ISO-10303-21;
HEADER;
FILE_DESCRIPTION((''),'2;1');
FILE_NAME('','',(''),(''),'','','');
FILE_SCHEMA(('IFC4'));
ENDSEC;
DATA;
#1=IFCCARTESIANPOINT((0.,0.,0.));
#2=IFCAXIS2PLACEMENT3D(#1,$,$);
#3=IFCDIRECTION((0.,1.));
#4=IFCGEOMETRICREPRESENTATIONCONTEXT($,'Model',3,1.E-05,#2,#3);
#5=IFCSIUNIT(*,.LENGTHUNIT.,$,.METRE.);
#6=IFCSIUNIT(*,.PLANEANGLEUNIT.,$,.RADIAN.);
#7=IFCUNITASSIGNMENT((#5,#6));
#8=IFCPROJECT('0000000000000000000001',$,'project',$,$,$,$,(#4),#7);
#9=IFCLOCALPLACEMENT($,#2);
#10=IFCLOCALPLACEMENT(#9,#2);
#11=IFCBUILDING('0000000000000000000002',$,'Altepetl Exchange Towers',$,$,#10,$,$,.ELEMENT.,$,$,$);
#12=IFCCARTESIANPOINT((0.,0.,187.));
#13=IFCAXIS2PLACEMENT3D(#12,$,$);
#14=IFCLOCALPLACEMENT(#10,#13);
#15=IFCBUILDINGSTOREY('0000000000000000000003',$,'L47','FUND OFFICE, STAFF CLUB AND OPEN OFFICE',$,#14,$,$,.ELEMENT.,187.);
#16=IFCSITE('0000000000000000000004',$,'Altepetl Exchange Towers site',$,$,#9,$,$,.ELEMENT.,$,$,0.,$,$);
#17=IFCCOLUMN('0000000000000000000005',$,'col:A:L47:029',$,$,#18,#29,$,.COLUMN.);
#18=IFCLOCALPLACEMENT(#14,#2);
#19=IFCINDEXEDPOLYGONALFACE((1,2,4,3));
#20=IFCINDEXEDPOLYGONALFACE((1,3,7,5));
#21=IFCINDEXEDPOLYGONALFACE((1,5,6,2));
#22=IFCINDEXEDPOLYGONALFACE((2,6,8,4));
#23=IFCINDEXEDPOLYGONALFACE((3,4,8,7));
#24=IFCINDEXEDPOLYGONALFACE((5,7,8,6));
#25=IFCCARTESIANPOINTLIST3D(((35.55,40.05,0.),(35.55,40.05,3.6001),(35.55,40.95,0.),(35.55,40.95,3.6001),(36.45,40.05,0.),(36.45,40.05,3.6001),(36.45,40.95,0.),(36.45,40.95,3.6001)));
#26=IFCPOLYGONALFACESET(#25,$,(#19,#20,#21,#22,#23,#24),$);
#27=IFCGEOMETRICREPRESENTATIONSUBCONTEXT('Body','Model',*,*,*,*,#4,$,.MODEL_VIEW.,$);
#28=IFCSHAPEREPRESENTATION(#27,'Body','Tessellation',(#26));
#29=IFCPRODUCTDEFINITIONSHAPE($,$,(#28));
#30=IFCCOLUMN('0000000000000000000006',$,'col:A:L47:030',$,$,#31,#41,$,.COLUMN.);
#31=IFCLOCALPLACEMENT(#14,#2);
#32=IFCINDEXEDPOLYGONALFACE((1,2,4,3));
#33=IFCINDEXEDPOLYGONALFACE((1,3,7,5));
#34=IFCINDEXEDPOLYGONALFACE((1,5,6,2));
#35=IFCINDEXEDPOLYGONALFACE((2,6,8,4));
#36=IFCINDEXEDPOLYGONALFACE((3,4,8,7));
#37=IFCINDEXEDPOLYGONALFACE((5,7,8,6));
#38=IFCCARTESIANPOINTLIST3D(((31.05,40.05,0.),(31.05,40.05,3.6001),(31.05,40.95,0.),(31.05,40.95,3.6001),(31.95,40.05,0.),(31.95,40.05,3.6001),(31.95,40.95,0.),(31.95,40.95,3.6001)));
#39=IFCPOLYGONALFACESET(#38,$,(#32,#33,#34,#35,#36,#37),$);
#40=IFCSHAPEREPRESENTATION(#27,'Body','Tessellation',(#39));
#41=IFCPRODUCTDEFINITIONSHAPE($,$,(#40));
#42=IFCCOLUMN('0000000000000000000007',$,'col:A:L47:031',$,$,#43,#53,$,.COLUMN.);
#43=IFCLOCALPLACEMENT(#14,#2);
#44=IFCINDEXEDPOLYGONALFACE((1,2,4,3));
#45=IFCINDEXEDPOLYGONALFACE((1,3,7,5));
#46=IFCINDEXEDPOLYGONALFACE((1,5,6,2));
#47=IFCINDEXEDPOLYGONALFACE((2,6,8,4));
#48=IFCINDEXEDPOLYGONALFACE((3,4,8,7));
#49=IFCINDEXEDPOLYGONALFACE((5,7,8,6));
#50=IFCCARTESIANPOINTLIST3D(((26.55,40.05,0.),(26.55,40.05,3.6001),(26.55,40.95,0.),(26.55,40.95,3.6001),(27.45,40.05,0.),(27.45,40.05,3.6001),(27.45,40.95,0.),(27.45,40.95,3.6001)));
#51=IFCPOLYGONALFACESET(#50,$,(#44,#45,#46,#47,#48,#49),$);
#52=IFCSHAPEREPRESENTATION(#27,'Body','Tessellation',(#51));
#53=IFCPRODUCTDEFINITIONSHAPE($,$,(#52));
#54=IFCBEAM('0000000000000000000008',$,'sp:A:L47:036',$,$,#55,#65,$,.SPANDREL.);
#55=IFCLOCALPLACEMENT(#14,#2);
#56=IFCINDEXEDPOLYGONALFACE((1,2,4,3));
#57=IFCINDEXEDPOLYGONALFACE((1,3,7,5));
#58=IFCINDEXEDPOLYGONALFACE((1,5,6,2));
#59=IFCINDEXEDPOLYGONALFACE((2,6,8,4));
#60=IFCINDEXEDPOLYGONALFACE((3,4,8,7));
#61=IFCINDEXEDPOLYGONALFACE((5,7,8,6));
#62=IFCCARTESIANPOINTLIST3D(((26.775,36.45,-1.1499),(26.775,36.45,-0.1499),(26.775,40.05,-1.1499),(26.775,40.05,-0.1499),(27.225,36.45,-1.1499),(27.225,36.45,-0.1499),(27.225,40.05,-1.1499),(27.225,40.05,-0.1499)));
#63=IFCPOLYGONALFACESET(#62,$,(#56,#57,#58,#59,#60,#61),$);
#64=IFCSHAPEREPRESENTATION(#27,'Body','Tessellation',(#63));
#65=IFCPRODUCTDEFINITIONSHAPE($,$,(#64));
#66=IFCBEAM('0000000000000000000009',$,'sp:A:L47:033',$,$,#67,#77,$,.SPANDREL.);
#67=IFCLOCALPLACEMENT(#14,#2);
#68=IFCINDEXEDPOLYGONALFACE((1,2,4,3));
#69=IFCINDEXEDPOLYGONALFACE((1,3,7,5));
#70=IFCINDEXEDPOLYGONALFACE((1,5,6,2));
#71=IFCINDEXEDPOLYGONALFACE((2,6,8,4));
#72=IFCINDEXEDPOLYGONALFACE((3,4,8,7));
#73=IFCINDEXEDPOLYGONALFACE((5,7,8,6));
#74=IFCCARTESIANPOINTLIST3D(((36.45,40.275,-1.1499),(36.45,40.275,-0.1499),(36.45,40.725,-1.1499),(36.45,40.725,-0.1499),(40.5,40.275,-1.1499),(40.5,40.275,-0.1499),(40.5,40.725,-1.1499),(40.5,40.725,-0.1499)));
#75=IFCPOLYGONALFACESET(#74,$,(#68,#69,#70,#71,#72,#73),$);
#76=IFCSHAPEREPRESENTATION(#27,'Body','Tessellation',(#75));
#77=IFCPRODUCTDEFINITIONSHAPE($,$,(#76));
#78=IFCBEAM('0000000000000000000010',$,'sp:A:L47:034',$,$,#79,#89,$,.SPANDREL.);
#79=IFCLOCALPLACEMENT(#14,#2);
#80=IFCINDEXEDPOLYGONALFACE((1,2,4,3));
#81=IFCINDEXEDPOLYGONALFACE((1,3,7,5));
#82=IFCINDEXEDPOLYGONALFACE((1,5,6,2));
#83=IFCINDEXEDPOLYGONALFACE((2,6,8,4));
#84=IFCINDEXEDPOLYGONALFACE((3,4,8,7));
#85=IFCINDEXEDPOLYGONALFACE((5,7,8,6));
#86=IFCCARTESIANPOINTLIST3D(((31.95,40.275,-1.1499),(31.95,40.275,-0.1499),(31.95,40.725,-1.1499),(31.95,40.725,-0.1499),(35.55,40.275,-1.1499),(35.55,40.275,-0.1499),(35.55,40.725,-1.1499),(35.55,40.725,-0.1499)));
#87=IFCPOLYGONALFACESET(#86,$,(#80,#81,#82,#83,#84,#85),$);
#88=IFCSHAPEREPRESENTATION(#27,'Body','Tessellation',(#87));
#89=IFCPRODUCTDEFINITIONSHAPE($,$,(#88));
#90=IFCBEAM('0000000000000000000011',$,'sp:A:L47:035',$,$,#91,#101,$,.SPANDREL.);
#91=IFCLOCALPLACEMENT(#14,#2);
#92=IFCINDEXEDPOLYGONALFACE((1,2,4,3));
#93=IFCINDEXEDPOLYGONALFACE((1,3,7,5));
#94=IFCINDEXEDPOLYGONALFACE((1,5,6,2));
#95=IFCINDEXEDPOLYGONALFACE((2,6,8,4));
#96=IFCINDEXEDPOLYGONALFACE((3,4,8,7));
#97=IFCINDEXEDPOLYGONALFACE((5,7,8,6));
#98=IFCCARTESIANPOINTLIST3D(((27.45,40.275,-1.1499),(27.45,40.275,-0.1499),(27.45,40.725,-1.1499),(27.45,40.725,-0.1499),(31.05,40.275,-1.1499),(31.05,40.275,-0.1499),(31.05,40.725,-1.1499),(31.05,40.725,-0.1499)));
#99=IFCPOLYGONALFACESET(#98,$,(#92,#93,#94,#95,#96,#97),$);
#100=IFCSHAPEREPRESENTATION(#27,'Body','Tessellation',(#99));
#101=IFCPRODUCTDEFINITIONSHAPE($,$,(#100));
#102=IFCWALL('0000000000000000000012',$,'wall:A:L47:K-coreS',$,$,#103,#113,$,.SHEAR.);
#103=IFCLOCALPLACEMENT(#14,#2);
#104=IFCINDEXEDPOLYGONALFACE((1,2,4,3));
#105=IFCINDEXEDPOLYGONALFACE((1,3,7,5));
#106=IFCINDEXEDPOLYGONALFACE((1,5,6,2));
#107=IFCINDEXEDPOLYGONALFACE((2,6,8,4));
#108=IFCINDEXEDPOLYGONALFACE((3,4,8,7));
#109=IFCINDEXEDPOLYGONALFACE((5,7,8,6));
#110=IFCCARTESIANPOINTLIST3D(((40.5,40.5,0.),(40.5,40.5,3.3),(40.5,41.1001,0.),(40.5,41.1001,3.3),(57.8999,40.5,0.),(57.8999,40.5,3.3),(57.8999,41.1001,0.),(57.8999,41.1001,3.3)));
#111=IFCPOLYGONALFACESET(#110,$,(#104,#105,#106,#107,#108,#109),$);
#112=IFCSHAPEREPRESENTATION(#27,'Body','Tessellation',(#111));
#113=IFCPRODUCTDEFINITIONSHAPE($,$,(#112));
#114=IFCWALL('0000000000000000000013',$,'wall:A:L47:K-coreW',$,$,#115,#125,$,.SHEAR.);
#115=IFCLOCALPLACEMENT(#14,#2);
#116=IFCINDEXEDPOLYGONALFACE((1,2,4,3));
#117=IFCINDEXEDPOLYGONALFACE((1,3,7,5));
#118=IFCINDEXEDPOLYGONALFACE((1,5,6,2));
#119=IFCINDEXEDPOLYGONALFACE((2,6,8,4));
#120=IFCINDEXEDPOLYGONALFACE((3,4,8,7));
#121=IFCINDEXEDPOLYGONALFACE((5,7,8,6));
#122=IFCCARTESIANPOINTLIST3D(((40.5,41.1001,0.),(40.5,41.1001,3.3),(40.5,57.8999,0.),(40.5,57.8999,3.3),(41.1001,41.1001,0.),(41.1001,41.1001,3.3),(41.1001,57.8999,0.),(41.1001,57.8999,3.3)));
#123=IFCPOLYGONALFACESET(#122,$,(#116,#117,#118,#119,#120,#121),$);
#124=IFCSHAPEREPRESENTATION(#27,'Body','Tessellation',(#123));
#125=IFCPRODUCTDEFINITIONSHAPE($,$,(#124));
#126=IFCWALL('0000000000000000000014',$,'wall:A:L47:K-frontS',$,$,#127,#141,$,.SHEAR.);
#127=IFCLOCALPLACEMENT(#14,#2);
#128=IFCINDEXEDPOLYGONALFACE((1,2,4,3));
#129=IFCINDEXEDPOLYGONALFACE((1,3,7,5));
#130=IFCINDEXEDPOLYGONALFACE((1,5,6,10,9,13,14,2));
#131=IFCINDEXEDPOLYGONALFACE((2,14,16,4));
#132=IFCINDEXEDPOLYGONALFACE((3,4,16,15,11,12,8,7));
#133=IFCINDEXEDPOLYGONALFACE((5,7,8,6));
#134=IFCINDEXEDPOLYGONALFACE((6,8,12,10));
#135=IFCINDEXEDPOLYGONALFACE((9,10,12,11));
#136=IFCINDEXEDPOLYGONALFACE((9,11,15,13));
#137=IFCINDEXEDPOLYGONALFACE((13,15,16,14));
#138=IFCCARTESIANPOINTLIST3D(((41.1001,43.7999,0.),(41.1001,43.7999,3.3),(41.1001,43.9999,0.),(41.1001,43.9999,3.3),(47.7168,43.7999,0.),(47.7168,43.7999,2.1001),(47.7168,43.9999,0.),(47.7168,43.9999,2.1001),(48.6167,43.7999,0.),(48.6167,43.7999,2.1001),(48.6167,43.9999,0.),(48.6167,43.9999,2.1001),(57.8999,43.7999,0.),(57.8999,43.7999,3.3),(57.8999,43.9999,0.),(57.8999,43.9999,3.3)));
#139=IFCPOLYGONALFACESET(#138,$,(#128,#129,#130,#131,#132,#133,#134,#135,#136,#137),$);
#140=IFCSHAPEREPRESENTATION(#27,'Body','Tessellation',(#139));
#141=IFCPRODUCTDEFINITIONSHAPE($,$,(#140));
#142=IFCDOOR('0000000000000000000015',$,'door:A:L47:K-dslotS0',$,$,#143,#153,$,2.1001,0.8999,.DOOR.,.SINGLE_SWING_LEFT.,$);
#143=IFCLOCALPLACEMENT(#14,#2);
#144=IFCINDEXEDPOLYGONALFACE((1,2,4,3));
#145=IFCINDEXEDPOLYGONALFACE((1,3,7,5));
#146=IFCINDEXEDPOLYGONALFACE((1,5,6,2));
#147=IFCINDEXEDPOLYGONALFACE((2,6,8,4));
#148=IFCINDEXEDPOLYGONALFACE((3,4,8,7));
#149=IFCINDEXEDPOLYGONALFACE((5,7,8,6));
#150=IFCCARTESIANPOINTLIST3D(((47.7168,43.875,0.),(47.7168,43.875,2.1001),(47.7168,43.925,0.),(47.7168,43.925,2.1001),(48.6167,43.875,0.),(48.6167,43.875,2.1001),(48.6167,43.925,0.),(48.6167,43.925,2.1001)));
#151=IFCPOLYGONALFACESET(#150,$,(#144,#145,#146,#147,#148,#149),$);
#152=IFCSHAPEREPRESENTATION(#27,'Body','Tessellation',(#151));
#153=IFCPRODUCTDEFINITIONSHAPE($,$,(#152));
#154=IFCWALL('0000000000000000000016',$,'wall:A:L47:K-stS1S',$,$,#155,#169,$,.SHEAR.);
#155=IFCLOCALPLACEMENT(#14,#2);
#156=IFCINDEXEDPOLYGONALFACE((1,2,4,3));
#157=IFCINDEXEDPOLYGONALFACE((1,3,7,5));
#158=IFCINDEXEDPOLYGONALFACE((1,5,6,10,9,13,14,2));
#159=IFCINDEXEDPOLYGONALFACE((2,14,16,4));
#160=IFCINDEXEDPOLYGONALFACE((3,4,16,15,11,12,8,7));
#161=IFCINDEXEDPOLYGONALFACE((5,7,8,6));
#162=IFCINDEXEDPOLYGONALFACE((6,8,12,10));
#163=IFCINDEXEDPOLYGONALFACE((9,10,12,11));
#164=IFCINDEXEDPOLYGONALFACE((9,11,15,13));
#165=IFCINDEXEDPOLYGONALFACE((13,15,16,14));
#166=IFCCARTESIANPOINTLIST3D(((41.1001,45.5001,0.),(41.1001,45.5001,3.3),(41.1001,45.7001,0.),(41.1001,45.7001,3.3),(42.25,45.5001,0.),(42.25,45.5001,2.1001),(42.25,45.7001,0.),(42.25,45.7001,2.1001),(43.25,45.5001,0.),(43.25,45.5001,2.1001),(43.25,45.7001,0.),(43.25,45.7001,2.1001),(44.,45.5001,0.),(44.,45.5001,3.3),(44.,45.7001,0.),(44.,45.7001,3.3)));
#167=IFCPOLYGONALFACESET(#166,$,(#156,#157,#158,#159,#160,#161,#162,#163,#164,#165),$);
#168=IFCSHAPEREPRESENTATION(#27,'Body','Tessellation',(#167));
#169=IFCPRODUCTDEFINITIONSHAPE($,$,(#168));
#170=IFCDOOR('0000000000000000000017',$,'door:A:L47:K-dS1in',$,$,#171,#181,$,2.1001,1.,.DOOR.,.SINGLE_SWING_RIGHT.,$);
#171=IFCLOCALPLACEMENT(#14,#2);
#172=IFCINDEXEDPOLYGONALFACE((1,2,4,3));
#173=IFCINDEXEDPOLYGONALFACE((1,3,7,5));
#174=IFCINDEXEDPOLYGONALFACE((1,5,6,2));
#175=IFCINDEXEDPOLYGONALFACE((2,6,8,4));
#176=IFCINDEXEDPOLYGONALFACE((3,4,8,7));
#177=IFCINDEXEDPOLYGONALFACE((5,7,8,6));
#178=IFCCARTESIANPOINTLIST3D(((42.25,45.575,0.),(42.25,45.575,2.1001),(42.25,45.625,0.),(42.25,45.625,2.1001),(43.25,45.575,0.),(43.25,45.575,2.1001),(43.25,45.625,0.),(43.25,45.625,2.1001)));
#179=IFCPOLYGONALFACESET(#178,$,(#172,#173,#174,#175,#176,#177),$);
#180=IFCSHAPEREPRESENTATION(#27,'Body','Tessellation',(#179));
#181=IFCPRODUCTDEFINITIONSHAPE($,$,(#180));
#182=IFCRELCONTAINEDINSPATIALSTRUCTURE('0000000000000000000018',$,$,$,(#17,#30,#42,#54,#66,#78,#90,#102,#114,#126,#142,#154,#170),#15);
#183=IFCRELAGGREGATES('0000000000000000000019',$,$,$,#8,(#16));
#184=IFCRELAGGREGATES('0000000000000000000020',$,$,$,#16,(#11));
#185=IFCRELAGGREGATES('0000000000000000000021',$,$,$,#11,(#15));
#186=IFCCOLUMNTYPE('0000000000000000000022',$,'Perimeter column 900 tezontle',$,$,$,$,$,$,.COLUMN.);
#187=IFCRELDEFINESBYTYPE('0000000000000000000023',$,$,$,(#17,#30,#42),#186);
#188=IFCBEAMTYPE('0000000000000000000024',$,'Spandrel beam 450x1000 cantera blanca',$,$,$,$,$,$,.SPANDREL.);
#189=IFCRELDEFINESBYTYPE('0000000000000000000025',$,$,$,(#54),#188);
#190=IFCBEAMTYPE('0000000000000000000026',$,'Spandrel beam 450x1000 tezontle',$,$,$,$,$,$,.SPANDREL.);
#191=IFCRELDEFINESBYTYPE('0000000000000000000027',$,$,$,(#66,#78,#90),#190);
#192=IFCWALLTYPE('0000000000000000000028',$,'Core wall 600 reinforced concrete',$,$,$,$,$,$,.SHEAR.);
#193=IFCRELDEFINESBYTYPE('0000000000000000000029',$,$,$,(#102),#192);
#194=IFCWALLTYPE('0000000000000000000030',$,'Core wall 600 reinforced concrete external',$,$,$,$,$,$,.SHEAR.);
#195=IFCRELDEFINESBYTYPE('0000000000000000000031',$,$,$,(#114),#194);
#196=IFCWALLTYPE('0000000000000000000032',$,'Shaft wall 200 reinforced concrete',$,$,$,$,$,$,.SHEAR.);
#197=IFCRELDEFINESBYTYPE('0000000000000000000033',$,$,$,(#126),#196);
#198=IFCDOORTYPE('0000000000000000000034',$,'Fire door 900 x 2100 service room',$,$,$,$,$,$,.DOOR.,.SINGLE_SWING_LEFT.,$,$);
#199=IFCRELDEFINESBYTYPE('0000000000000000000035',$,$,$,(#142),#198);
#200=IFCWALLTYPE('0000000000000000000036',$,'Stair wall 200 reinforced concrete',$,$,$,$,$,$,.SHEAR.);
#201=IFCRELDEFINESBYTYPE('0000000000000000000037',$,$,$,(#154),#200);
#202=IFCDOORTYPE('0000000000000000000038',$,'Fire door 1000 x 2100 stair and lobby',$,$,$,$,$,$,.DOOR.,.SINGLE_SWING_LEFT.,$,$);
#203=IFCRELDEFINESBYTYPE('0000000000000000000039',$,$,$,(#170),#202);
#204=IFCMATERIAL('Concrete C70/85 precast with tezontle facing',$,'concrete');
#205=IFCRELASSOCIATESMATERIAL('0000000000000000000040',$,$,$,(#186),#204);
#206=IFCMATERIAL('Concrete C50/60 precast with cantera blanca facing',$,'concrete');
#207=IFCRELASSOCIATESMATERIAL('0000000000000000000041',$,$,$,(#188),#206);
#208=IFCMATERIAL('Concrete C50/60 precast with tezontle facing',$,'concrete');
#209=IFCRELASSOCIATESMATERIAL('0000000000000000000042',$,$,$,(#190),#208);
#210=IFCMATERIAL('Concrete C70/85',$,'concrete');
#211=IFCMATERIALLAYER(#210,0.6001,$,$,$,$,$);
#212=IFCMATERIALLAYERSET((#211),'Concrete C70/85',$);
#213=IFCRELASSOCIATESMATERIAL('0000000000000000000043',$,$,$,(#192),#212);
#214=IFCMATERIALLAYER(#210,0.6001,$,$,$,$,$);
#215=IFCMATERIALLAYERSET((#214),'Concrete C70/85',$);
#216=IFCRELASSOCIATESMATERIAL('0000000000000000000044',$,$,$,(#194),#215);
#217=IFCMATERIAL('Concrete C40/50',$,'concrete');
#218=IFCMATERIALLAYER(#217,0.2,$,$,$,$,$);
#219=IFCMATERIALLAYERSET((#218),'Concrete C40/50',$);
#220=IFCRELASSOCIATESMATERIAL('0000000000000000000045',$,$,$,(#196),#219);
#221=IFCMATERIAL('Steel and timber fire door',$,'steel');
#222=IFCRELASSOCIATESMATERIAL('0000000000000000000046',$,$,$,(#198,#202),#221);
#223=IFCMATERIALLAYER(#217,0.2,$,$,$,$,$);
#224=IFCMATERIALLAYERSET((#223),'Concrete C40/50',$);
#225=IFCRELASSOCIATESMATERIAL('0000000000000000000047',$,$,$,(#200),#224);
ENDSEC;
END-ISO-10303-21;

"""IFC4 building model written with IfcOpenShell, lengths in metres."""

from ifc_helpers import new_model, si_unit, direction, frame, frame_2d, origin, origin_2d, place, context, subcontext, project, spatial, rectangle, extrude, material, layer, layer_set, material_profile, profile_set, type_object, element, fill, save


model = new_model("IFC4")

# Units and contexts
model_context = context("Model", 3, precision=1e-05, world=origin(), true_north=direction((0.0, 1.0)))
body_context = subcontext(model_context, "Body", "Model", "MODEL_VIEW")
ifc_project = project(units=[si_unit("LENGTHUNIT", "METRE"), si_unit("PLANEANGLEUNIT", "RADIAN")], contexts=[model_context])

# Site, building, storey
site_placement = place(None, origin())
site = spatial("IfcSite", under=ifc_project, at=site_placement, Name="Altepetl Exchange Towers site", CompositionType="ELEMENT", RefElevation=0.0)
building_placement = place(site_placement, origin())
building = spatial("IfcBuilding", under=site, at=building_placement, Name="Altepetl Exchange Towers", CompositionType="ELEMENT")
storey_placement = place(building_placement, frame((0.0, 0.0, 187.0)))
storey = spatial("IfcBuildingStorey", under=building, at=storey_placement, Name="L47", Description="FUND OFFICE, STAFF CLUB AND OPEN OFFICE", CompositionType="ELEMENT", Elevation=187.0)

# Columns
ifc_material_1 = material(Name="Concrete C70/85 precast with tezontle facing", Category="concrete")
ifc_material_profile_1 = material_profile(ifc_material_1, rectangle(XDim=0.8999, YDim=0.8999, at=origin_2d()), Name="900 x 900")
ifc_profile_set_1 = profile_set([ifc_material_profile_1], Name="Concrete C70/85 precast with tezontle facing")
column_type = type_object("IfcColumnType", Name="Perimeter column 900 tezontle", PredefinedType="COLUMN", material=ifc_profile_set_1)
for number, where, name in (
    (1, (36.0, 40.5, 0.0), "col:A:L47:029"),
    (2, (31.5, 40.5, 0.0), "col:A:L47:030"),
    (3, (27.0, 40.5, 0.0), "col:A:L47:031"),
):
    element("IfcColumn", number, at=place(storey_placement, frame(where)), inside=storey, type_object=column_type, Name=name, PredefinedType="COLUMN", context=body_context, shape_type="SweptSolid", body=[
        extrude(rectangle(XDim=0.8999, YDim=0.8999, at=origin_2d()), origin(), (0.0, 0.0, 1.0), 3.6001),
    ])

# Beams
ifc_material_2 = material(Name="Concrete C50/60 precast with cantera blanca facing", Category="concrete")
ifc_material_profile_2 = material_profile(ifc_material_2, rectangle(XDim=0.45, YDim=1.0, at=origin_2d()), Name="450 x 1000")
ifc_profile_set_2 = profile_set([ifc_material_profile_2], Name="Concrete C50/60 precast with cantera blanca facing")
beam_type_1 = type_object("IfcBeamType", Name="Spandrel beam 450x1000 cantera blanca", PredefinedType="SPANDREL", material=ifc_profile_set_2)
beam_1_placement = place(storey_placement, frame((27.0, 40.05, -0.6499), z_axis=(0.0, -1.0, 0.0), x_axis=(1.0, 0.0, 0.0)))
element("IfcBeam", 4, at=beam_1_placement, inside=storey, type_object=beam_type_1, Name="sp:A:L47:036", PredefinedType="SPANDREL", context=body_context, shape_type="SweptSolid", body=[
    extrude(rectangle(XDim=0.45, YDim=1.0, at=origin_2d()), origin(), (0.0, 0.0, 1.0), 3.6001),
])
ifc_material_3 = material(Name="Concrete C50/60 precast with tezontle facing", Category="concrete")
ifc_material_profile_3 = material_profile(ifc_material_3, rectangle(XDim=0.45, YDim=1.0, at=origin_2d()), Name="450 x 1000")
ifc_profile_set_3 = profile_set([ifc_material_profile_3], Name="Concrete C50/60 precast with tezontle facing")
beam_type_2 = type_object("IfcBeamType", Name="Spandrel beam 450x1000 tezontle", PredefinedType="SPANDREL", material=ifc_profile_set_3)
beam_2_placement = place(storey_placement, frame((40.5, 40.5, -0.6499), z_axis=(-1.0, 0.0, 0.0), x_axis=(0.0, -1.0, 0.0)))
element("IfcBeam", 5, at=beam_2_placement, inside=storey, type_object=beam_type_2, Name="sp:A:L47:033", PredefinedType="SPANDREL", context=body_context, shape_type="SweptSolid", body=[
    extrude(rectangle(XDim=0.45, YDim=1.0, at=origin_2d()), origin(), (0.0, 0.0, 1.0), 4.05),
])
for number, where, z_axis, x_axis, name in (
    (6, (35.55, 40.5, -0.6499), (-1.0, 0.0, 0.0), (0.0, -1.0, 0.0), "sp:A:L47:034"),
    (7, (31.05, 40.5, -0.6499), (-1.0, 0.0, 0.0), (0.0, -1.0, 0.0), "sp:A:L47:035"),
):
    element("IfcBeam", number, at=place(storey_placement, frame(where, z_axis=z_axis, x_axis=x_axis)), inside=storey, type_object=beam_type_2, Name=name, PredefinedType="SPANDREL", context=body_context, shape_type="SweptSolid", body=[
        extrude(rectangle(XDim=0.45, YDim=1.0, at=origin_2d()), origin(), (0.0, 0.0, 1.0), 3.6001),
    ])

# Walls
ifc_material_4 = material(Name="Concrete C70/85", Category="concrete")
ifc_layer_1 = layer(ifc_material_4, 0.6001)
ifc_layer_set_1 = layer_set([ifc_layer_1], Name="Concrete C70/85")
wall_type_1 = type_object("IfcWallType", Name="Core wall 600 reinforced concrete", PredefinedType="SHEAR", material=ifc_layer_set_1)
wall_1_placement = place(storey_placement, frame((40.5, 40.8, 0.0)))
element("IfcWall", 8, at=wall_1_placement, inside=storey, type_object=wall_type_1, Name="wall:A:L47:K-coreS", PredefinedType="SHEAR", context=body_context, shape_type="SweptSolid", body=[
    extrude(rectangle(XDim=17.3999, YDim=0.6001, at=frame_2d((8.7, 0.0))), origin(), (0.0, 0.0, 1.0), 3.3),
])
ifc_layer_2 = layer(ifc_material_4, 0.6001)
ifc_layer_set_2 = layer_set([ifc_layer_2], Name="Concrete C70/85")
wall_type_2 = type_object("IfcWallType", Name="Core wall 600 reinforced concrete external", PredefinedType="SHEAR", material=ifc_layer_set_2)
wall_2_placement = place(storey_placement, frame((40.8, 41.1001, 0.0), z_axis=(0.0, 0.0, 1.0), x_axis=(0.0, 1.0, 0.0)))
element("IfcWall", 9, at=wall_2_placement, inside=storey, type_object=wall_type_2, Name="wall:A:L47:K-coreW", PredefinedType="SHEAR", context=body_context, shape_type="SweptSolid", body=[
    extrude(rectangle(XDim=16.7998, YDim=0.6001, at=frame_2d((8.3999, 0.0))), origin(), (0.0, 0.0, 1.0), 3.3),
])

# Walls, openings, doors
ifc_material_5 = material(Name="Concrete C40/50", Category="concrete")
ifc_layer_3 = layer(ifc_material_5, 0.2)
ifc_layer_set_3 = layer_set([ifc_layer_3], Name="Concrete C40/50")
wall_type_3 = type_object("IfcWallType", Name="Shaft wall 200 reinforced concrete", PredefinedType="SHEAR", material=ifc_layer_set_3)
wall_3_placement = place(storey_placement, frame((41.1001, 43.8999, 0.0)))
wall_3 = element("IfcWall", 10, at=wall_3_placement, inside=storey, type_object=wall_type_3, Name="wall:A:L47:K-frontS", PredefinedType="SHEAR", context=body_context, shape_type="SweptSolid", body=[
    extrude(rectangle(XDim=16.7998, YDim=0.2, at=frame_2d((8.3999, 0.0))), origin(), (0.0, 0.0, 1.0), 3.3),
])
opening_1_placement = place(wall_3_placement, frame((6.6167, 0.0, 0.0)))
opening_1 = element("IfcOpeningElement", 11, at=opening_1_placement, cuts=wall_3, PredefinedType="OPENING", context=body_context, shape_type="SweptSolid", body=[
    extrude(rectangle(XDim=0.8999, YDim=2.1001, at=frame_2d((0.45, 1.05))), frame((0.0, 0.1099, 0.0), z_axis=(0.0, -1.0, 0.0), x_axis=(1.0, 0.0, 0.0)), (0.0, 0.0, 1.0), 0.22),
])
ifc_material_6 = material(Name="Steel and timber fire door", Category="steel")
door_type_1 = type_object("IfcDoorType", Name="Fire door 900 x 2100 service room", OperationType="SINGLE_SWING_LEFT", PredefinedType="DOOR", material=ifc_material_6)
door_1_placement = place(opening_1_placement, frame((0.8999, 0.0, 0.0), x_axis=(-1.0, 0.0, 0.0)))
door_1 = element("IfcDoor", 12, at=door_1_placement, inside=storey, type_object=door_type_1, Name="door:A:L47:K-dslotS0", OperationType="SINGLE_SWING_LEFT", OverallHeight=2.1001, OverallWidth=0.8999, PredefinedType="DOOR", context=body_context, shape_type="SweptSolid", body=[
    extrude(rectangle(XDim=0.8999, YDim=2.1001, at=frame_2d((0.45, 1.05))), frame((0.0, 0.0249, 0.0), z_axis=(0.0, -1.0, 0.0), x_axis=(1.0, 0.0, 0.0)), (0.0, 0.0, 1.0), 0.05),
])
fill(opening_1, door_1)
ifc_layer_4 = layer(ifc_material_5, 0.2)
ifc_layer_set_4 = layer_set([ifc_layer_4], Name="Concrete C40/50")
wall_type_4 = type_object("IfcWallType", Name="Stair wall 200 reinforced concrete", PredefinedType="SHEAR", material=ifc_layer_set_4)
wall_4_placement = place(storey_placement, frame((41.1001, 45.6001, 0.0)))
wall_4 = element("IfcWall", 13, at=wall_4_placement, inside=storey, type_object=wall_type_4, Name="wall:A:L47:K-stS1S", PredefinedType="SHEAR", context=body_context, shape_type="SweptSolid", body=[
    extrude(rectangle(XDim=2.8999, YDim=0.2, at=frame_2d((1.45, 0.0))), origin(), (0.0, 0.0, 1.0), 3.3),
])
opening_2_placement = place(wall_4_placement, frame((1.1499, 0.0, 0.0)))
opening_2 = element("IfcOpeningElement", 14, at=opening_2_placement, cuts=wall_4, PredefinedType="OPENING", context=body_context, shape_type="SweptSolid", body=[
    extrude(rectangle(XDim=1.0, YDim=2.1001, at=frame_2d((0.5, 1.05))), frame((0.0, 0.1099, 0.0), z_axis=(0.0, -1.0, 0.0), x_axis=(1.0, 0.0, 0.0)), (0.0, 0.0, 1.0), 0.22),
])
door_type_2 = type_object("IfcDoorType", Name="Fire door 1000 x 2100 stair and lobby", OperationType="SINGLE_SWING_LEFT", PredefinedType="DOOR", material=ifc_material_6)
door_2_placement = place(opening_2_placement, origin())
door_2 = element("IfcDoor", 15, at=door_2_placement, inside=storey, type_object=door_type_2, Name="door:A:L47:K-dS1in", OperationType="SINGLE_SWING_RIGHT", OverallHeight=2.1001, OverallWidth=1.0, PredefinedType="DOOR", context=body_context, shape_type="SweptSolid", body=[
    extrude(rectangle(XDim=1.0, YDim=2.1001, at=frame_2d((0.5, 1.05))), frame((0.0, 0.0249, 0.0), z_axis=(0.0, -1.0, 0.0), x_axis=(1.0, 0.0, 0.0)), (0.0, 0.0, 1.0), 0.05),
])
fill(opening_2, door_2)

save(model, "model.ifc")
